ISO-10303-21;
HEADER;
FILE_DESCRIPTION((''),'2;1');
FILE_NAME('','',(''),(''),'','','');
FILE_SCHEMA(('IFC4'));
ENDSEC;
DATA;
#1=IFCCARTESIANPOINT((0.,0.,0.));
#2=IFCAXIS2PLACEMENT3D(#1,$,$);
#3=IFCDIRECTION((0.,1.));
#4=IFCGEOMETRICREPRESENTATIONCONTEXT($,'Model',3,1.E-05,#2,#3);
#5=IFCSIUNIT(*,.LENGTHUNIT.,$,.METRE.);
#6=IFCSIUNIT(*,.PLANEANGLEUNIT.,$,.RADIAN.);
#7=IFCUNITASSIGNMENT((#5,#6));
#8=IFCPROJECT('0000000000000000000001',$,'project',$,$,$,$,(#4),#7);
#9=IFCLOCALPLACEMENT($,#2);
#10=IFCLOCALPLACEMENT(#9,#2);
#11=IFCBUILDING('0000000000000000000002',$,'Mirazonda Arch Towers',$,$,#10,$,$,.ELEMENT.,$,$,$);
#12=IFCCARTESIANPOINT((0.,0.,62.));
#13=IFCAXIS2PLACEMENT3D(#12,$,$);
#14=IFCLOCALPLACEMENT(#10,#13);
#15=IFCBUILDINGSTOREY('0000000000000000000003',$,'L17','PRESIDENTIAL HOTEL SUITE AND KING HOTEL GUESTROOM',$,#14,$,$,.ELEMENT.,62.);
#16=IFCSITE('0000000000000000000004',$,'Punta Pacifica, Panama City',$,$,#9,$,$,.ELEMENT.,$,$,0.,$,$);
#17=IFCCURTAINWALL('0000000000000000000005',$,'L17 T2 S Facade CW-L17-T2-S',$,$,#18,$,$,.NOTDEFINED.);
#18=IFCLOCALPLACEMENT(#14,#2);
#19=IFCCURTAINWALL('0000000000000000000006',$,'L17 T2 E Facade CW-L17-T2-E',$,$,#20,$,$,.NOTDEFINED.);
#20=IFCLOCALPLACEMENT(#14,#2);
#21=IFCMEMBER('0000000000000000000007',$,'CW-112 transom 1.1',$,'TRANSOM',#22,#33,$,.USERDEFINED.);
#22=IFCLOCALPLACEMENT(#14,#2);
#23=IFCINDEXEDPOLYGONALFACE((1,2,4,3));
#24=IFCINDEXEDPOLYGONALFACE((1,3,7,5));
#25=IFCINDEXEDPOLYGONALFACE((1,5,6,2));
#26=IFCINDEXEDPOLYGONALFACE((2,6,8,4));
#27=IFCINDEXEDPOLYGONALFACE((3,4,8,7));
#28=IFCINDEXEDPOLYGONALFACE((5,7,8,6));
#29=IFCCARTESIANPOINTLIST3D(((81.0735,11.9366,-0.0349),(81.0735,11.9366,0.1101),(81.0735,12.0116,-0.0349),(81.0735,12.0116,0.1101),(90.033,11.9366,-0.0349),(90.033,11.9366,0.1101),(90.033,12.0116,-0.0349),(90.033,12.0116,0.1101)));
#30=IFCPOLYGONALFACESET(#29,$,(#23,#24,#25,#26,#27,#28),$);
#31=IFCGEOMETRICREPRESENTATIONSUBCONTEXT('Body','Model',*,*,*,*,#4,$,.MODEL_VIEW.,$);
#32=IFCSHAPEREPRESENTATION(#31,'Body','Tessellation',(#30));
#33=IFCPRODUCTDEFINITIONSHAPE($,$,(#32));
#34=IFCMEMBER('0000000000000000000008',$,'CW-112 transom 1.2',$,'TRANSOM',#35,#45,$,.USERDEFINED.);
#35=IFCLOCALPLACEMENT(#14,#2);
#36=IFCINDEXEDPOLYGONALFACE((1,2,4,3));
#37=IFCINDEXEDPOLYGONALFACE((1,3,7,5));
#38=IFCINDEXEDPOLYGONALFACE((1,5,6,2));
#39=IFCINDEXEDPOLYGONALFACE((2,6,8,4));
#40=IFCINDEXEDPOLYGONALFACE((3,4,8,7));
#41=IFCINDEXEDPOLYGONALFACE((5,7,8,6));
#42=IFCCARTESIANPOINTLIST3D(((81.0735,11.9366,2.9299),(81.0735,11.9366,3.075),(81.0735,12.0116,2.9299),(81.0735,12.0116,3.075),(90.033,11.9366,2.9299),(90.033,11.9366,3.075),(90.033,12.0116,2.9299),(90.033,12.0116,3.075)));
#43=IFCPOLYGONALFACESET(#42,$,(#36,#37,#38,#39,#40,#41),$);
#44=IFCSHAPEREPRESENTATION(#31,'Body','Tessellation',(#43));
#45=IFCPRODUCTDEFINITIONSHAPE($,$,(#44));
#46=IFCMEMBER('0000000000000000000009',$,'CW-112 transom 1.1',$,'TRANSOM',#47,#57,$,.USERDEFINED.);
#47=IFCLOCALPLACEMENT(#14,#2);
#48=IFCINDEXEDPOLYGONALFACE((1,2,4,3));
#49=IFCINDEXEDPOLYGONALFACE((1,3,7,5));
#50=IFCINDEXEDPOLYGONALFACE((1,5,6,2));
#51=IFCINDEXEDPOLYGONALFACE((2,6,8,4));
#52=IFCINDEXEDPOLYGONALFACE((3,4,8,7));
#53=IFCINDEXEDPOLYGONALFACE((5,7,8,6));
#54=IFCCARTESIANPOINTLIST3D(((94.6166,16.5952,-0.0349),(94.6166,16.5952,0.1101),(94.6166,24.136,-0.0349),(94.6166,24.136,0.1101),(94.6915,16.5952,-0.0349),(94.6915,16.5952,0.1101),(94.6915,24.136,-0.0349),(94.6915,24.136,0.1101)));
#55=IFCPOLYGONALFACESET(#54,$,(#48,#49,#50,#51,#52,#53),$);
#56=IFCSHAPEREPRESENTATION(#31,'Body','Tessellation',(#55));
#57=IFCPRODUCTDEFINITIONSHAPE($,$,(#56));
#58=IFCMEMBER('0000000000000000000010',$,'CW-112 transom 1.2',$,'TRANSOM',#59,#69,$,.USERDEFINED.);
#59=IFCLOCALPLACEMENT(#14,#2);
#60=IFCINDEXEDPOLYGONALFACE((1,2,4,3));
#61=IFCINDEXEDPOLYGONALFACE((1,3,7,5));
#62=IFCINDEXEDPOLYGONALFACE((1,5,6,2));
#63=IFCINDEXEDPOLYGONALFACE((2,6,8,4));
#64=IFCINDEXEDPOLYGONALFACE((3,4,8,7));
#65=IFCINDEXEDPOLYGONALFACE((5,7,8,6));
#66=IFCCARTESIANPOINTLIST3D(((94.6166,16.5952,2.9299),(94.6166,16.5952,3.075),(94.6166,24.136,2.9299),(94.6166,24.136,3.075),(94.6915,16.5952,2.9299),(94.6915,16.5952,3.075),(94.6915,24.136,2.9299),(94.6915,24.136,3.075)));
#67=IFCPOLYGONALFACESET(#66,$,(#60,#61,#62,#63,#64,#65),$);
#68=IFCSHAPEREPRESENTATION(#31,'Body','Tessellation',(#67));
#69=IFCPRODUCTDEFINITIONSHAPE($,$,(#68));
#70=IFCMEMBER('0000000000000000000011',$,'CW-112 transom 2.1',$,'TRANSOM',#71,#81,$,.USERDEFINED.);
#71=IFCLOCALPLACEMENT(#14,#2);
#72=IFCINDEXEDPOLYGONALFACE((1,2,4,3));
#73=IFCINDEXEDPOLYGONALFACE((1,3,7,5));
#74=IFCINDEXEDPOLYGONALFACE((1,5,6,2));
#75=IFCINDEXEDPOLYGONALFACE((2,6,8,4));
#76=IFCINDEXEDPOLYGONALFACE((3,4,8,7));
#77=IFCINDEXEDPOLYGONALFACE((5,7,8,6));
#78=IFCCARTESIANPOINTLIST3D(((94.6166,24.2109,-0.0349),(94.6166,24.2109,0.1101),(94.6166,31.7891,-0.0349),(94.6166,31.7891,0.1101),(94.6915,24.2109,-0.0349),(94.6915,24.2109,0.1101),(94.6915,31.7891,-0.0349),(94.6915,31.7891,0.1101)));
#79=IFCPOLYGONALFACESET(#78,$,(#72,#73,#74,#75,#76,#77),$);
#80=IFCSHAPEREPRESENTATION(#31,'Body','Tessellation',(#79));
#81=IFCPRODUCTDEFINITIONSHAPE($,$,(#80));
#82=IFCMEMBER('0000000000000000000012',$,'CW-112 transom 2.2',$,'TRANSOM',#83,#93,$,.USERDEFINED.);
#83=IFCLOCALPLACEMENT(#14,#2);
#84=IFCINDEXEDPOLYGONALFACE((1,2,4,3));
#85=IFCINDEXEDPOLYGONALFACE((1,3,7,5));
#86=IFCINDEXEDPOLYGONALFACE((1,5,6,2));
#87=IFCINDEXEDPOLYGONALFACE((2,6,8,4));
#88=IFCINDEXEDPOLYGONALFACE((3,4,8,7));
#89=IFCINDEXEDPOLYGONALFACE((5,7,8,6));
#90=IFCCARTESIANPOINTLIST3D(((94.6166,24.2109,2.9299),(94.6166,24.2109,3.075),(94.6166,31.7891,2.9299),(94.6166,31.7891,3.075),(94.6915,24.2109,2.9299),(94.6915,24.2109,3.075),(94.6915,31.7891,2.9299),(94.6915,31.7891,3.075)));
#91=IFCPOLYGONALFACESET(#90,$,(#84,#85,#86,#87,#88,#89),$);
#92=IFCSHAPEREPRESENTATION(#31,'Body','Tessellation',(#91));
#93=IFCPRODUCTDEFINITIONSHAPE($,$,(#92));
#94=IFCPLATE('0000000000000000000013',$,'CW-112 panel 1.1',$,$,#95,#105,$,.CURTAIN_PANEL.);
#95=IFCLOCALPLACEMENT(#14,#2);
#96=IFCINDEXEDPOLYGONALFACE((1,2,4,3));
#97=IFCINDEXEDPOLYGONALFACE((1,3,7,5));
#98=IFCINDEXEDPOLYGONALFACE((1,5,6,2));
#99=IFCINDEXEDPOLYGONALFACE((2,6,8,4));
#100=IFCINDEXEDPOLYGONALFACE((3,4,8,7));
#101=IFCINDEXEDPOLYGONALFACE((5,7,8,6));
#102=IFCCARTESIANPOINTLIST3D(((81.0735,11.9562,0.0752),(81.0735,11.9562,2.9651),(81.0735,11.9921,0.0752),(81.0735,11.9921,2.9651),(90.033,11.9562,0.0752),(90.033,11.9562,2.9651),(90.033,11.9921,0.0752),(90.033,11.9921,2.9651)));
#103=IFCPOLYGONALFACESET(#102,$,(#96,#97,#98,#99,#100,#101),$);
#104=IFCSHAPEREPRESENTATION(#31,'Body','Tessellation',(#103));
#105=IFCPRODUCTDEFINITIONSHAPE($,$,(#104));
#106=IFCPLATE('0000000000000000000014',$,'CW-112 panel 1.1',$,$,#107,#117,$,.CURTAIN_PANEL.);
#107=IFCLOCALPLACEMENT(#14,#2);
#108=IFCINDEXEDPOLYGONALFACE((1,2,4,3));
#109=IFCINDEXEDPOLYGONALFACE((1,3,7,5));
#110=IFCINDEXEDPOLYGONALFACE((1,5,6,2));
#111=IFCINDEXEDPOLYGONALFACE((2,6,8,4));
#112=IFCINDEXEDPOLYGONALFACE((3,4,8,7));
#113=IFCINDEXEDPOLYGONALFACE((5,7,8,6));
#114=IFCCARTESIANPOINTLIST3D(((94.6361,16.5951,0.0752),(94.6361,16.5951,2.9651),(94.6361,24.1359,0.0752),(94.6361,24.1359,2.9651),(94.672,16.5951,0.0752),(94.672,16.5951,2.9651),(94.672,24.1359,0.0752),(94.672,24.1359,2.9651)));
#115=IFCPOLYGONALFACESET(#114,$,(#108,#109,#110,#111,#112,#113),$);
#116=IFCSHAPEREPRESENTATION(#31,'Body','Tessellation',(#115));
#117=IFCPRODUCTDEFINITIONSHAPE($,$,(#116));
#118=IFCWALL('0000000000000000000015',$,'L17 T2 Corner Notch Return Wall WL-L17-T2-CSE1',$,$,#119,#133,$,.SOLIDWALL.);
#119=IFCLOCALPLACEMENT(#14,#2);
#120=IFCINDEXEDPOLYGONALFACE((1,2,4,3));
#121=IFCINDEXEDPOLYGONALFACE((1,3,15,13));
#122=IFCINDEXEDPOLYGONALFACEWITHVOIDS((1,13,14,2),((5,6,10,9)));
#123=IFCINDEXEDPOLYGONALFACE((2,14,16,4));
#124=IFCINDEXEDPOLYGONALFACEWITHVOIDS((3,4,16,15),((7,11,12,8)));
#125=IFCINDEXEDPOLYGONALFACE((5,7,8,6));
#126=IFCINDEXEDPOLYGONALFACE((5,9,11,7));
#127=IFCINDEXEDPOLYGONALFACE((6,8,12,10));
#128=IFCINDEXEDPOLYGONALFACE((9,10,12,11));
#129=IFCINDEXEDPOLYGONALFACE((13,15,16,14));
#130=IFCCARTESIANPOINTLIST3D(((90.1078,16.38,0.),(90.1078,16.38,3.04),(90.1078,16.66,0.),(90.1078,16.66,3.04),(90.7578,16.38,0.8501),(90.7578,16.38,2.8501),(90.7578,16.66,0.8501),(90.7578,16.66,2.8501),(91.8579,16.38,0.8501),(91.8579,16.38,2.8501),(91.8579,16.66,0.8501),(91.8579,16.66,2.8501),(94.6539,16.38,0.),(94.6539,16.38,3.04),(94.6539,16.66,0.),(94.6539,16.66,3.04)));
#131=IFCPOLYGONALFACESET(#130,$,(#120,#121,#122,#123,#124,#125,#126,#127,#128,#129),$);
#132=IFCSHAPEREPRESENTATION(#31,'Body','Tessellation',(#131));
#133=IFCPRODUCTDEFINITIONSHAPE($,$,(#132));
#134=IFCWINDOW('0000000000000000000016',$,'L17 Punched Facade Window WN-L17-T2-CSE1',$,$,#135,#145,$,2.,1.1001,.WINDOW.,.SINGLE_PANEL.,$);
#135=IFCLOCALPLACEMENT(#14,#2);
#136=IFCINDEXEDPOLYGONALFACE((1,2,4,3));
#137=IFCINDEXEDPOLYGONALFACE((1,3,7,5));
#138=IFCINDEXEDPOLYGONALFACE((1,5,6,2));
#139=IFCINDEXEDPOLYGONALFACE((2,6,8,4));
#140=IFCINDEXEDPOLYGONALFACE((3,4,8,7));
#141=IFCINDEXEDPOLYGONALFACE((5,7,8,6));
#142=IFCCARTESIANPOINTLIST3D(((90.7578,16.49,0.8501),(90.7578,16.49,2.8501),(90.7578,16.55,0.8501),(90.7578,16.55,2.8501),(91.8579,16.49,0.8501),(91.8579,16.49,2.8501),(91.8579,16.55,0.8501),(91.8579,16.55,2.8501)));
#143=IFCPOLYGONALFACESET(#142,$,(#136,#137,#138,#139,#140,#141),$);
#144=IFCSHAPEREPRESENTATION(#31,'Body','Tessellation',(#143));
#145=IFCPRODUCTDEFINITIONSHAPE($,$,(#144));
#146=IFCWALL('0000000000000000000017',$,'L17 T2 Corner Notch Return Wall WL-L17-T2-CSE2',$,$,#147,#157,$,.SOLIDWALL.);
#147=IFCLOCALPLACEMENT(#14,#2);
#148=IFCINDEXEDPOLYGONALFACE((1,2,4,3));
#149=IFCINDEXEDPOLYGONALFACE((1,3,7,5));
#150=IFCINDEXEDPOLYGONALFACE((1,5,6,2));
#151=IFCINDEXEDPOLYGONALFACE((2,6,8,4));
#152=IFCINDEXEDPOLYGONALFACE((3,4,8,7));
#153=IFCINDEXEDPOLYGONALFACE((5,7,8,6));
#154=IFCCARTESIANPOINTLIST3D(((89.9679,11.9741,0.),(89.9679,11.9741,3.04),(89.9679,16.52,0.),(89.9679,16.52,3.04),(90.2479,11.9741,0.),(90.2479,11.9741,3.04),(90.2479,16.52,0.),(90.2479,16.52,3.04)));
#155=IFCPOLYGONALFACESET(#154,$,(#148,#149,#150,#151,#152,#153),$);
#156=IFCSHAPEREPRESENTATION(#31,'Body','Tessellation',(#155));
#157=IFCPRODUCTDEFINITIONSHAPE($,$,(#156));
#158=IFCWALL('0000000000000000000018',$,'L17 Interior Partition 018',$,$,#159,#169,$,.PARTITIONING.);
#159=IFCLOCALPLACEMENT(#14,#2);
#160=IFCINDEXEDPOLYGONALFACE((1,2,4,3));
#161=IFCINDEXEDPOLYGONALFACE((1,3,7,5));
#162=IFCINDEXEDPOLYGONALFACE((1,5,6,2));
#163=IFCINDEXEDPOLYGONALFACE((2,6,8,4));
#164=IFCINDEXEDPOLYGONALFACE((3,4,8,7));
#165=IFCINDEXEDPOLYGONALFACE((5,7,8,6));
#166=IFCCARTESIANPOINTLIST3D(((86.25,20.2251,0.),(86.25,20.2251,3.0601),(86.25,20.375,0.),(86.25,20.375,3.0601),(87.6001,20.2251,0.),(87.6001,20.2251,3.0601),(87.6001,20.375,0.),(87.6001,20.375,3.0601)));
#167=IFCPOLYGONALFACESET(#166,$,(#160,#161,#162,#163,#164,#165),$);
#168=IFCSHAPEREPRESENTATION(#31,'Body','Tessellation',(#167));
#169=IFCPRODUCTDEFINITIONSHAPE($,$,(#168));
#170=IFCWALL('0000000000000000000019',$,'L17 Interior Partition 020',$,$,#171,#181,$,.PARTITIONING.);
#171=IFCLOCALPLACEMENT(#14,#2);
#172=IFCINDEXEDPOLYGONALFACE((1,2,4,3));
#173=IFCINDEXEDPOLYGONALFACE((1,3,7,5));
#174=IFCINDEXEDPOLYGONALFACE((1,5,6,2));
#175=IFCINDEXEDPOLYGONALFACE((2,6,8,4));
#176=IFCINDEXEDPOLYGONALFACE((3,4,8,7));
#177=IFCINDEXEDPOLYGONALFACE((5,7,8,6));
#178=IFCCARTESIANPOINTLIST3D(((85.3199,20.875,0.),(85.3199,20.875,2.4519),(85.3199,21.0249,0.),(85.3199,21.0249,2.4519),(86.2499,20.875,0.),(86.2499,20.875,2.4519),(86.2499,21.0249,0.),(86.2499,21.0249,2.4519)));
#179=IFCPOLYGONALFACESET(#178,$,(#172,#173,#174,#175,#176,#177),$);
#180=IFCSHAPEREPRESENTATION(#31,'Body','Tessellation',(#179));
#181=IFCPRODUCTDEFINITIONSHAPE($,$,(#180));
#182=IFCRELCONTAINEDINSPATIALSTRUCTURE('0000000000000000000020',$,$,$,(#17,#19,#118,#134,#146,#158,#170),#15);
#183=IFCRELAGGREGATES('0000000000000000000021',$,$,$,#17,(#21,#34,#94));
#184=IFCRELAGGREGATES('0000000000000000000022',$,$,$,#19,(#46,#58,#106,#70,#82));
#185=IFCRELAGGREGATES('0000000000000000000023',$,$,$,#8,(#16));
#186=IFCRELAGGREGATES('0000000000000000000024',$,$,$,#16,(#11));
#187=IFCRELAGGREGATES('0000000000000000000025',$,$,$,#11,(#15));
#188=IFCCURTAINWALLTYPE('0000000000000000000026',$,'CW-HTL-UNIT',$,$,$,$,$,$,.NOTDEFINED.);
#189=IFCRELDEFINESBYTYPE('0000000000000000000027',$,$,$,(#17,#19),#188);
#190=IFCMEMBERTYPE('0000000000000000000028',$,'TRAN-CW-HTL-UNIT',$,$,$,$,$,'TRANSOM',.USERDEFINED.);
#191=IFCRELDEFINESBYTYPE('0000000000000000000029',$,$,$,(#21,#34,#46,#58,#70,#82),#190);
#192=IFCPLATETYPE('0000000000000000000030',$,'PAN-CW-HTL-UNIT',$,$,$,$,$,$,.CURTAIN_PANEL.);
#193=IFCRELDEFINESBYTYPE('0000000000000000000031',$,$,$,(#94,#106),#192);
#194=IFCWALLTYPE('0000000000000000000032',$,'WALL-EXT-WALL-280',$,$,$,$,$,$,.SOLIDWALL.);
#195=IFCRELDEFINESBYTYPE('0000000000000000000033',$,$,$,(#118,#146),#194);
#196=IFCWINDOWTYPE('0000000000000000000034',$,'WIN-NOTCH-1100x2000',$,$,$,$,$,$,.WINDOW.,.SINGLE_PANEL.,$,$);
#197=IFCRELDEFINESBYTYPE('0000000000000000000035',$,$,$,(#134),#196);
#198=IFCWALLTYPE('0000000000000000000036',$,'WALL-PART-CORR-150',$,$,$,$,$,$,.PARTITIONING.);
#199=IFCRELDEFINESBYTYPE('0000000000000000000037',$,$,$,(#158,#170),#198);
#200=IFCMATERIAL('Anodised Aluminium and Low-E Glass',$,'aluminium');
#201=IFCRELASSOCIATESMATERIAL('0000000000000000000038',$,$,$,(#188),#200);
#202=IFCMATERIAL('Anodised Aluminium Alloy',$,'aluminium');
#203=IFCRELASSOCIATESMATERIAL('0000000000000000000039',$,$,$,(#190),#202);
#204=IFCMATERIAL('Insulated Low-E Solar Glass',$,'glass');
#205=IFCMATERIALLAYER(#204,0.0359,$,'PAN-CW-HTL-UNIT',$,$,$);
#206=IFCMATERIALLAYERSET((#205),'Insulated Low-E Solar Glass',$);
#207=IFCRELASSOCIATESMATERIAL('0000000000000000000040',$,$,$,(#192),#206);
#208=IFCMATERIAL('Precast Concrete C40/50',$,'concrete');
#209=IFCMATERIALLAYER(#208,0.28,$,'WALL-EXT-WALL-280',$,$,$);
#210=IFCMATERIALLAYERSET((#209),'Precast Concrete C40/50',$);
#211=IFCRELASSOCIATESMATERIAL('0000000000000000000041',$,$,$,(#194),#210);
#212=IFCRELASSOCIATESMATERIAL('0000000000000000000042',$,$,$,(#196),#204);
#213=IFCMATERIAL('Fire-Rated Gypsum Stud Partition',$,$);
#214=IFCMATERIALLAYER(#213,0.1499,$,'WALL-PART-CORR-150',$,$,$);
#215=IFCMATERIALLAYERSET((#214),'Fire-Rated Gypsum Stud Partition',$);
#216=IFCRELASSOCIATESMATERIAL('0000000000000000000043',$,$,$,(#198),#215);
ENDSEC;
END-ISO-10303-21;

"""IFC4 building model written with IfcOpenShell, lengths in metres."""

from ifc_helpers import new_model, si_unit, direction, frame, frame_2d, origin, origin_2d, place, context, subcontext, project, spatial, rectangle, extrude, material, layer, layer_set, material_profile, profile_set, type_object, element, fill, aggregate, save


model = new_model("IFC4")

# Units and contexts
model_context = context("Model", 3, precision=1e-05, world=origin(), true_north=direction((0.0, 1.0)))
body_context = subcontext(model_context, "Body", "Model", "MODEL_VIEW")
ifc_project = project(units=[si_unit("LENGTHUNIT", "METRE"), si_unit("PLANEANGLEUNIT", "RADIAN")], contexts=[model_context])

# Site, building, storey
site_placement = place(None, origin())
site = spatial("IfcSite", under=ifc_project, at=site_placement, Name="Punta Pacifica, Panama City", CompositionType="ELEMENT", RefElevation=0.0)
building_placement = place(site_placement, origin())
building = spatial("IfcBuilding", under=site, at=building_placement, Name="Mirazonda Arch Towers", CompositionType="ELEMENT")
storey_placement = place(building_placement, frame((0.0, 0.0, 62.0)))
storey = spatial("IfcBuildingStorey", under=building, at=storey_placement, Name="L17", Description="PRESIDENTIAL HOTEL SUITE AND KING HOTEL GUESTROOM", CompositionType="ELEMENT", Elevation=62.0)

# Curtain wall
ifc_material_1 = material(Name="Anodised Aluminium and Low-E Glass", Category="aluminium")
curtain_wall_type = type_object("IfcCurtainWallType", Name="CW-HTL-UNIT", PredefinedType="NOTDEFINED", material=ifc_material_1)
curtain_wall_1_placement = place(storey_placement, origin())
curtain_wall_1 = element("IfcCurtainWall", 1, at=curtain_wall_1_placement, inside=storey, type_object=curtain_wall_type, Name="L17 T2 S Facade CW-L17-T2-S", PredefinedType="NOTDEFINED")
ifc_material_2 = material(Name="Anodised Aluminium Alloy", Category="aluminium")

# Curtain wall
curtain_wall_2_placement = place(storey_placement, origin())
curtain_wall_2 = element("IfcCurtainWall", 2, at=curtain_wall_2_placement, inside=storey, type_object=curtain_wall_type, Name="L17 T2 E Facade CW-L17-T2-E", PredefinedType="NOTDEFINED")

# Members
ifc_material_profile_1 = material_profile(ifc_material_2, rectangle(XDim=0.075, YDim=0.145, at=origin_2d()), Name="ALU-TRAN-75x145")
ifc_profile_set_1 = profile_set([ifc_material_profile_1], Name="Anodised Aluminium Alloy")
member_type_1 = type_object("IfcMemberType", Name="TRAN-CW-HTL-UNIT", ElementType="TRANSOM", PredefinedType="USERDEFINED", material=ifc_profile_set_1)
member_1_placement = place(storey_placement, frame((90.033, 11.9741, 0.0376), z_axis=(-1.0, 0.0, 0.0), x_axis=(0.0, -1.0, 0.0)))
member_1 = element("IfcMember", 3, at=member_1_placement, type_object=member_type_1, Name="CW-112 transom 1.1", ObjectType="TRANSOM", PredefinedType="USERDEFINED", context=body_context, shape_type="SweptSolid", body=[
    extrude(rectangle(XDim=0.075, YDim=0.145, at=origin_2d()), origin(), (0.0, 0.0, 1.0), 8.9595),
])
member_2_placement = place(storey_placement, frame((90.033, 11.9741, 3.0024), z_axis=(-1.0, 0.0, 0.0), x_axis=(0.0, -1.0, 0.0)))
member_2 = element("IfcMember", 4, at=member_2_placement, type_object=member_type_1, Name="CW-112 transom 1.2", ObjectType="TRANSOM", PredefinedType="USERDEFINED", context=body_context, shape_type="SweptSolid", body=[
    extrude(rectangle(XDim=0.075, YDim=0.145, at=origin_2d()), origin(), (0.0, 0.0, 1.0), 8.9595),
])
member_3_placement = place(storey_placement, frame((94.6541, 16.5952, 0.0376), z_axis=(0.0, 1.0, 0.0), x_axis=(-1.0, 0.0, 0.0)))
member_3 = element("IfcMember", 5, at=member_3_placement, type_object=member_type_1, Name="CW-112 transom 1.1", ObjectType="TRANSOM", PredefinedType="USERDEFINED", context=body_context, shape_type="SweptSolid", body=[
    extrude(rectangle(XDim=0.075, YDim=0.145, at=origin_2d()), origin(), (0.0, 0.0, 1.0), 7.5408),
])
member_4_placement = place(storey_placement, frame((94.6541, 16.5952, 3.0024), z_axis=(0.0, 1.0, 0.0), x_axis=(-1.0, 0.0, 0.0)))
member_4 = element("IfcMember", 6, at=member_4_placement, type_object=member_type_1, Name="CW-112 transom 1.2", ObjectType="TRANSOM", PredefinedType="USERDEFINED", context=body_context, shape_type="SweptSolid", body=[
    extrude(rectangle(XDim=0.075, YDim=0.145, at=origin_2d()), origin(), (0.0, 0.0, 1.0), 7.5408),
])
member_5_placement = place(storey_placement, frame((94.6541, 24.2109, 0.0376), z_axis=(0.0, 1.0, 0.0), x_axis=(-1.0, 0.0, 0.0)))
member_5 = element("IfcMember", 7, at=member_5_placement, type_object=member_type_1, Name="CW-112 transom 2.1", ObjectType="TRANSOM", PredefinedType="USERDEFINED", context=body_context, shape_type="SweptSolid", body=[
    extrude(rectangle(XDim=0.075, YDim=0.145, at=origin_2d()), origin(), (0.0, 0.0, 1.0), 7.5781),
])
member_6_placement = place(storey_placement, frame((94.6541, 24.2109, 3.0024), z_axis=(0.0, 1.0, 0.0), x_axis=(-1.0, 0.0, 0.0)))
member_6 = element("IfcMember", 8, at=member_6_placement, type_object=member_type_1, Name="CW-112 transom 2.2", ObjectType="TRANSOM", PredefinedType="USERDEFINED", context=body_context, shape_type="SweptSolid", body=[
    extrude(rectangle(XDim=0.075, YDim=0.145, at=origin_2d()), origin(), (0.0, 0.0, 1.0), 7.5781),
])

# Plates
ifc_material_3 = material(Name="Insulated Low-E Solar Glass", Category="glass")
ifc_layer_1 = layer(ifc_material_3, 0.0359, Name="PAN-CW-HTL-UNIT")
ifc_layer_set_1 = layer_set([ifc_layer_1], Name="Insulated Low-E Solar Glass")
plate_type = type_object("IfcPlateType", Name="PAN-CW-HTL-UNIT", PredefinedType="CURTAIN_PANEL", material=ifc_layer_set_1)
plate_1_placement = place(storey_placement, frame((85.5532, 11.9741, 0.0752), z_axis=(0.0, 0.0, 1.0), x_axis=(-1.0, 0.0, 0.0)))
plate_1 = element("IfcPlate", 9, at=plate_1_placement, type_object=plate_type, Name="CW-112 panel 1.1", PredefinedType="CURTAIN_PANEL", context=body_context, shape_type="SweptSolid", body=[
    extrude(rectangle(XDim=8.9595, YDim=0.0359, at=origin_2d()), origin(), (0.0, 0.0, 1.0), 2.8899),
])
aggregate(curtain_wall_1, [member_1, member_2, plate_1])
plate_2_placement = place(storey_placement, frame((94.6541, 20.3655, 0.0752), z_axis=(0.0, 0.0, 1.0), x_axis=(0.0, 1.0, 0.0)))
plate_2 = element("IfcPlate", 10, at=plate_2_placement, type_object=plate_type, Name="CW-112 panel 1.1", PredefinedType="CURTAIN_PANEL", context=body_context, shape_type="SweptSolid", body=[
    extrude(rectangle(XDim=7.5408, YDim=0.0359, at=origin_2d()), origin(), (0.0, 0.0, 1.0), 2.8899),
])
aggregate(curtain_wall_2, [member_3, member_4, plate_2, member_5, member_6])

# Wall, opening, window
ifc_material_4 = material(Name="Precast Concrete C40/50", Category="concrete")
ifc_layer_2 = layer(ifc_material_4, 0.28, Name="WALL-EXT-WALL-280")
ifc_layer_set_2 = layer_set([ifc_layer_2], Name="Precast Concrete C40/50")
wall_type_1 = type_object("IfcWallType", Name="WALL-EXT-WALL-280", PredefinedType="SOLIDWALL", material=ifc_layer_set_2)
wall_1_placement = place(storey_placement, frame((90.1079, 16.52, 0.0), z_axis=(0.0, 0.0, 1.0), x_axis=(1.0, 0.0, 0.0)))
wall_1 = element("IfcWall", 11, at=wall_1_placement, inside=storey, type_object=wall_type_1, Name="L17 T2 Corner Notch Return Wall WL-L17-T2-CSE1", PredefinedType="SOLIDWALL", context=body_context, shape_type="SweptSolid", body=[
    extrude(rectangle(XDim=4.5461, YDim=0.28, at=frame_2d((2.2729, 0.0))), origin(), (0.0, 0.0, 1.0), 3.04),
])
opening_1_placement = place(wall_1_placement, frame((0.6499, 0.0, 0.8501)))
opening_1 = element("IfcOpeningElement", 12, at=opening_1_placement, cuts=wall_1, PredefinedType="OPENING", context=body_context, shape_type="SweptSolid", body=[
    extrude(rectangle(XDim=1.1001, YDim=2.0, at=frame_2d((0.55, 1.0))), frame((0.0, 0.1499, 0.0), z_axis=(0.0, -1.0, 0.0), x_axis=(1.0, 0.0, 0.0)), (0.0, 0.0, 1.0), 0.3),
])
window_type = type_object("IfcWindowType", Name="WIN-NOTCH-1100x2000", PartitioningType="SINGLE_PANEL", PredefinedType="WINDOW", material=ifc_material_3)
window_placement = place(opening_1_placement, origin())
window = element("IfcWindow", 13, at=window_placement, inside=storey, type_object=window_type, Name="L17 Punched Facade Window WN-L17-T2-CSE1", OverallHeight=2.0, OverallWidth=1.1001, PartitioningType="SINGLE_PANEL", PredefinedType="WINDOW", context=body_context, shape_type="SweptSolid", body=[
    extrude(rectangle(XDim=1.1001, YDim=2.0, at=frame_2d((0.55, 1.0))), frame((0.0, 0.03, 0.0), z_axis=(0.0, -1.0, 0.0), x_axis=(1.0, 0.0, 0.0)), (0.0, 0.0, 1.0), 0.0601),
])
fill(opening_1, window)

# Walls
wall_2_placement = place(storey_placement, frame((90.1079, 11.9741, 0.0), z_axis=(0.0, 0.0, 1.0), x_axis=(0.0, 1.0, 0.0)))
element("IfcWall", 14, at=wall_2_placement, inside=storey, type_object=wall_type_1, Name="L17 T2 Corner Notch Return Wall WL-L17-T2-CSE2", PredefinedType="SOLIDWALL", context=body_context, shape_type="SweptSolid", body=[
    extrude(rectangle(XDim=4.5459, YDim=0.28, at=frame_2d((2.2729, 0.0))), origin(), (0.0, 0.0, 1.0), 3.04),
])
ifc_material_5 = material(Name="Fire-Rated Gypsum Stud Partition")
ifc_layer_3 = layer(ifc_material_5, 0.1499, Name="WALL-PART-CORR-150")
ifc_layer_set_3 = layer_set([ifc_layer_3], Name="Fire-Rated Gypsum Stud Partition")
wall_type_2 = type_object("IfcWallType", Name="WALL-PART-CORR-150", PredefinedType="PARTITIONING", material=ifc_layer_set_3)
wall_3_placement = place(storey_placement, frame((86.25, 20.3, 0.0), z_axis=(0.0, 0.0, 1.0), x_axis=(1.0, 0.0, 0.0)))
element("IfcWall", 15, at=wall_3_placement, inside=storey, type_object=wall_type_2, Name="L17 Interior Partition 018", PredefinedType="PARTITIONING", context=body_context, shape_type="SweptSolid", body=[
    extrude(rectangle(XDim=1.3501, YDim=0.1499, at=frame_2d((0.675, 0.0))), origin(), (0.0, 0.0, 1.0), 3.0601),
])
wall_4_placement = place(storey_placement, frame((85.3201, 20.95, 0.0), z_axis=(0.0, 0.0, 1.0), x_axis=(1.0, 0.0, 0.0)))
element("IfcWall", 16, at=wall_4_placement, inside=storey, type_object=wall_type_2, Name="L17 Interior Partition 020", PredefinedType="PARTITIONING", context=body_context, shape_type="SweptSolid", body=[
    extrude(rectangle(XDim=0.9299, YDim=0.1499, at=frame_2d((0.4648, 0.0))), origin(), (0.0, 0.0, 1.0), 2.4519),
])

save(model, "model.ifc")
